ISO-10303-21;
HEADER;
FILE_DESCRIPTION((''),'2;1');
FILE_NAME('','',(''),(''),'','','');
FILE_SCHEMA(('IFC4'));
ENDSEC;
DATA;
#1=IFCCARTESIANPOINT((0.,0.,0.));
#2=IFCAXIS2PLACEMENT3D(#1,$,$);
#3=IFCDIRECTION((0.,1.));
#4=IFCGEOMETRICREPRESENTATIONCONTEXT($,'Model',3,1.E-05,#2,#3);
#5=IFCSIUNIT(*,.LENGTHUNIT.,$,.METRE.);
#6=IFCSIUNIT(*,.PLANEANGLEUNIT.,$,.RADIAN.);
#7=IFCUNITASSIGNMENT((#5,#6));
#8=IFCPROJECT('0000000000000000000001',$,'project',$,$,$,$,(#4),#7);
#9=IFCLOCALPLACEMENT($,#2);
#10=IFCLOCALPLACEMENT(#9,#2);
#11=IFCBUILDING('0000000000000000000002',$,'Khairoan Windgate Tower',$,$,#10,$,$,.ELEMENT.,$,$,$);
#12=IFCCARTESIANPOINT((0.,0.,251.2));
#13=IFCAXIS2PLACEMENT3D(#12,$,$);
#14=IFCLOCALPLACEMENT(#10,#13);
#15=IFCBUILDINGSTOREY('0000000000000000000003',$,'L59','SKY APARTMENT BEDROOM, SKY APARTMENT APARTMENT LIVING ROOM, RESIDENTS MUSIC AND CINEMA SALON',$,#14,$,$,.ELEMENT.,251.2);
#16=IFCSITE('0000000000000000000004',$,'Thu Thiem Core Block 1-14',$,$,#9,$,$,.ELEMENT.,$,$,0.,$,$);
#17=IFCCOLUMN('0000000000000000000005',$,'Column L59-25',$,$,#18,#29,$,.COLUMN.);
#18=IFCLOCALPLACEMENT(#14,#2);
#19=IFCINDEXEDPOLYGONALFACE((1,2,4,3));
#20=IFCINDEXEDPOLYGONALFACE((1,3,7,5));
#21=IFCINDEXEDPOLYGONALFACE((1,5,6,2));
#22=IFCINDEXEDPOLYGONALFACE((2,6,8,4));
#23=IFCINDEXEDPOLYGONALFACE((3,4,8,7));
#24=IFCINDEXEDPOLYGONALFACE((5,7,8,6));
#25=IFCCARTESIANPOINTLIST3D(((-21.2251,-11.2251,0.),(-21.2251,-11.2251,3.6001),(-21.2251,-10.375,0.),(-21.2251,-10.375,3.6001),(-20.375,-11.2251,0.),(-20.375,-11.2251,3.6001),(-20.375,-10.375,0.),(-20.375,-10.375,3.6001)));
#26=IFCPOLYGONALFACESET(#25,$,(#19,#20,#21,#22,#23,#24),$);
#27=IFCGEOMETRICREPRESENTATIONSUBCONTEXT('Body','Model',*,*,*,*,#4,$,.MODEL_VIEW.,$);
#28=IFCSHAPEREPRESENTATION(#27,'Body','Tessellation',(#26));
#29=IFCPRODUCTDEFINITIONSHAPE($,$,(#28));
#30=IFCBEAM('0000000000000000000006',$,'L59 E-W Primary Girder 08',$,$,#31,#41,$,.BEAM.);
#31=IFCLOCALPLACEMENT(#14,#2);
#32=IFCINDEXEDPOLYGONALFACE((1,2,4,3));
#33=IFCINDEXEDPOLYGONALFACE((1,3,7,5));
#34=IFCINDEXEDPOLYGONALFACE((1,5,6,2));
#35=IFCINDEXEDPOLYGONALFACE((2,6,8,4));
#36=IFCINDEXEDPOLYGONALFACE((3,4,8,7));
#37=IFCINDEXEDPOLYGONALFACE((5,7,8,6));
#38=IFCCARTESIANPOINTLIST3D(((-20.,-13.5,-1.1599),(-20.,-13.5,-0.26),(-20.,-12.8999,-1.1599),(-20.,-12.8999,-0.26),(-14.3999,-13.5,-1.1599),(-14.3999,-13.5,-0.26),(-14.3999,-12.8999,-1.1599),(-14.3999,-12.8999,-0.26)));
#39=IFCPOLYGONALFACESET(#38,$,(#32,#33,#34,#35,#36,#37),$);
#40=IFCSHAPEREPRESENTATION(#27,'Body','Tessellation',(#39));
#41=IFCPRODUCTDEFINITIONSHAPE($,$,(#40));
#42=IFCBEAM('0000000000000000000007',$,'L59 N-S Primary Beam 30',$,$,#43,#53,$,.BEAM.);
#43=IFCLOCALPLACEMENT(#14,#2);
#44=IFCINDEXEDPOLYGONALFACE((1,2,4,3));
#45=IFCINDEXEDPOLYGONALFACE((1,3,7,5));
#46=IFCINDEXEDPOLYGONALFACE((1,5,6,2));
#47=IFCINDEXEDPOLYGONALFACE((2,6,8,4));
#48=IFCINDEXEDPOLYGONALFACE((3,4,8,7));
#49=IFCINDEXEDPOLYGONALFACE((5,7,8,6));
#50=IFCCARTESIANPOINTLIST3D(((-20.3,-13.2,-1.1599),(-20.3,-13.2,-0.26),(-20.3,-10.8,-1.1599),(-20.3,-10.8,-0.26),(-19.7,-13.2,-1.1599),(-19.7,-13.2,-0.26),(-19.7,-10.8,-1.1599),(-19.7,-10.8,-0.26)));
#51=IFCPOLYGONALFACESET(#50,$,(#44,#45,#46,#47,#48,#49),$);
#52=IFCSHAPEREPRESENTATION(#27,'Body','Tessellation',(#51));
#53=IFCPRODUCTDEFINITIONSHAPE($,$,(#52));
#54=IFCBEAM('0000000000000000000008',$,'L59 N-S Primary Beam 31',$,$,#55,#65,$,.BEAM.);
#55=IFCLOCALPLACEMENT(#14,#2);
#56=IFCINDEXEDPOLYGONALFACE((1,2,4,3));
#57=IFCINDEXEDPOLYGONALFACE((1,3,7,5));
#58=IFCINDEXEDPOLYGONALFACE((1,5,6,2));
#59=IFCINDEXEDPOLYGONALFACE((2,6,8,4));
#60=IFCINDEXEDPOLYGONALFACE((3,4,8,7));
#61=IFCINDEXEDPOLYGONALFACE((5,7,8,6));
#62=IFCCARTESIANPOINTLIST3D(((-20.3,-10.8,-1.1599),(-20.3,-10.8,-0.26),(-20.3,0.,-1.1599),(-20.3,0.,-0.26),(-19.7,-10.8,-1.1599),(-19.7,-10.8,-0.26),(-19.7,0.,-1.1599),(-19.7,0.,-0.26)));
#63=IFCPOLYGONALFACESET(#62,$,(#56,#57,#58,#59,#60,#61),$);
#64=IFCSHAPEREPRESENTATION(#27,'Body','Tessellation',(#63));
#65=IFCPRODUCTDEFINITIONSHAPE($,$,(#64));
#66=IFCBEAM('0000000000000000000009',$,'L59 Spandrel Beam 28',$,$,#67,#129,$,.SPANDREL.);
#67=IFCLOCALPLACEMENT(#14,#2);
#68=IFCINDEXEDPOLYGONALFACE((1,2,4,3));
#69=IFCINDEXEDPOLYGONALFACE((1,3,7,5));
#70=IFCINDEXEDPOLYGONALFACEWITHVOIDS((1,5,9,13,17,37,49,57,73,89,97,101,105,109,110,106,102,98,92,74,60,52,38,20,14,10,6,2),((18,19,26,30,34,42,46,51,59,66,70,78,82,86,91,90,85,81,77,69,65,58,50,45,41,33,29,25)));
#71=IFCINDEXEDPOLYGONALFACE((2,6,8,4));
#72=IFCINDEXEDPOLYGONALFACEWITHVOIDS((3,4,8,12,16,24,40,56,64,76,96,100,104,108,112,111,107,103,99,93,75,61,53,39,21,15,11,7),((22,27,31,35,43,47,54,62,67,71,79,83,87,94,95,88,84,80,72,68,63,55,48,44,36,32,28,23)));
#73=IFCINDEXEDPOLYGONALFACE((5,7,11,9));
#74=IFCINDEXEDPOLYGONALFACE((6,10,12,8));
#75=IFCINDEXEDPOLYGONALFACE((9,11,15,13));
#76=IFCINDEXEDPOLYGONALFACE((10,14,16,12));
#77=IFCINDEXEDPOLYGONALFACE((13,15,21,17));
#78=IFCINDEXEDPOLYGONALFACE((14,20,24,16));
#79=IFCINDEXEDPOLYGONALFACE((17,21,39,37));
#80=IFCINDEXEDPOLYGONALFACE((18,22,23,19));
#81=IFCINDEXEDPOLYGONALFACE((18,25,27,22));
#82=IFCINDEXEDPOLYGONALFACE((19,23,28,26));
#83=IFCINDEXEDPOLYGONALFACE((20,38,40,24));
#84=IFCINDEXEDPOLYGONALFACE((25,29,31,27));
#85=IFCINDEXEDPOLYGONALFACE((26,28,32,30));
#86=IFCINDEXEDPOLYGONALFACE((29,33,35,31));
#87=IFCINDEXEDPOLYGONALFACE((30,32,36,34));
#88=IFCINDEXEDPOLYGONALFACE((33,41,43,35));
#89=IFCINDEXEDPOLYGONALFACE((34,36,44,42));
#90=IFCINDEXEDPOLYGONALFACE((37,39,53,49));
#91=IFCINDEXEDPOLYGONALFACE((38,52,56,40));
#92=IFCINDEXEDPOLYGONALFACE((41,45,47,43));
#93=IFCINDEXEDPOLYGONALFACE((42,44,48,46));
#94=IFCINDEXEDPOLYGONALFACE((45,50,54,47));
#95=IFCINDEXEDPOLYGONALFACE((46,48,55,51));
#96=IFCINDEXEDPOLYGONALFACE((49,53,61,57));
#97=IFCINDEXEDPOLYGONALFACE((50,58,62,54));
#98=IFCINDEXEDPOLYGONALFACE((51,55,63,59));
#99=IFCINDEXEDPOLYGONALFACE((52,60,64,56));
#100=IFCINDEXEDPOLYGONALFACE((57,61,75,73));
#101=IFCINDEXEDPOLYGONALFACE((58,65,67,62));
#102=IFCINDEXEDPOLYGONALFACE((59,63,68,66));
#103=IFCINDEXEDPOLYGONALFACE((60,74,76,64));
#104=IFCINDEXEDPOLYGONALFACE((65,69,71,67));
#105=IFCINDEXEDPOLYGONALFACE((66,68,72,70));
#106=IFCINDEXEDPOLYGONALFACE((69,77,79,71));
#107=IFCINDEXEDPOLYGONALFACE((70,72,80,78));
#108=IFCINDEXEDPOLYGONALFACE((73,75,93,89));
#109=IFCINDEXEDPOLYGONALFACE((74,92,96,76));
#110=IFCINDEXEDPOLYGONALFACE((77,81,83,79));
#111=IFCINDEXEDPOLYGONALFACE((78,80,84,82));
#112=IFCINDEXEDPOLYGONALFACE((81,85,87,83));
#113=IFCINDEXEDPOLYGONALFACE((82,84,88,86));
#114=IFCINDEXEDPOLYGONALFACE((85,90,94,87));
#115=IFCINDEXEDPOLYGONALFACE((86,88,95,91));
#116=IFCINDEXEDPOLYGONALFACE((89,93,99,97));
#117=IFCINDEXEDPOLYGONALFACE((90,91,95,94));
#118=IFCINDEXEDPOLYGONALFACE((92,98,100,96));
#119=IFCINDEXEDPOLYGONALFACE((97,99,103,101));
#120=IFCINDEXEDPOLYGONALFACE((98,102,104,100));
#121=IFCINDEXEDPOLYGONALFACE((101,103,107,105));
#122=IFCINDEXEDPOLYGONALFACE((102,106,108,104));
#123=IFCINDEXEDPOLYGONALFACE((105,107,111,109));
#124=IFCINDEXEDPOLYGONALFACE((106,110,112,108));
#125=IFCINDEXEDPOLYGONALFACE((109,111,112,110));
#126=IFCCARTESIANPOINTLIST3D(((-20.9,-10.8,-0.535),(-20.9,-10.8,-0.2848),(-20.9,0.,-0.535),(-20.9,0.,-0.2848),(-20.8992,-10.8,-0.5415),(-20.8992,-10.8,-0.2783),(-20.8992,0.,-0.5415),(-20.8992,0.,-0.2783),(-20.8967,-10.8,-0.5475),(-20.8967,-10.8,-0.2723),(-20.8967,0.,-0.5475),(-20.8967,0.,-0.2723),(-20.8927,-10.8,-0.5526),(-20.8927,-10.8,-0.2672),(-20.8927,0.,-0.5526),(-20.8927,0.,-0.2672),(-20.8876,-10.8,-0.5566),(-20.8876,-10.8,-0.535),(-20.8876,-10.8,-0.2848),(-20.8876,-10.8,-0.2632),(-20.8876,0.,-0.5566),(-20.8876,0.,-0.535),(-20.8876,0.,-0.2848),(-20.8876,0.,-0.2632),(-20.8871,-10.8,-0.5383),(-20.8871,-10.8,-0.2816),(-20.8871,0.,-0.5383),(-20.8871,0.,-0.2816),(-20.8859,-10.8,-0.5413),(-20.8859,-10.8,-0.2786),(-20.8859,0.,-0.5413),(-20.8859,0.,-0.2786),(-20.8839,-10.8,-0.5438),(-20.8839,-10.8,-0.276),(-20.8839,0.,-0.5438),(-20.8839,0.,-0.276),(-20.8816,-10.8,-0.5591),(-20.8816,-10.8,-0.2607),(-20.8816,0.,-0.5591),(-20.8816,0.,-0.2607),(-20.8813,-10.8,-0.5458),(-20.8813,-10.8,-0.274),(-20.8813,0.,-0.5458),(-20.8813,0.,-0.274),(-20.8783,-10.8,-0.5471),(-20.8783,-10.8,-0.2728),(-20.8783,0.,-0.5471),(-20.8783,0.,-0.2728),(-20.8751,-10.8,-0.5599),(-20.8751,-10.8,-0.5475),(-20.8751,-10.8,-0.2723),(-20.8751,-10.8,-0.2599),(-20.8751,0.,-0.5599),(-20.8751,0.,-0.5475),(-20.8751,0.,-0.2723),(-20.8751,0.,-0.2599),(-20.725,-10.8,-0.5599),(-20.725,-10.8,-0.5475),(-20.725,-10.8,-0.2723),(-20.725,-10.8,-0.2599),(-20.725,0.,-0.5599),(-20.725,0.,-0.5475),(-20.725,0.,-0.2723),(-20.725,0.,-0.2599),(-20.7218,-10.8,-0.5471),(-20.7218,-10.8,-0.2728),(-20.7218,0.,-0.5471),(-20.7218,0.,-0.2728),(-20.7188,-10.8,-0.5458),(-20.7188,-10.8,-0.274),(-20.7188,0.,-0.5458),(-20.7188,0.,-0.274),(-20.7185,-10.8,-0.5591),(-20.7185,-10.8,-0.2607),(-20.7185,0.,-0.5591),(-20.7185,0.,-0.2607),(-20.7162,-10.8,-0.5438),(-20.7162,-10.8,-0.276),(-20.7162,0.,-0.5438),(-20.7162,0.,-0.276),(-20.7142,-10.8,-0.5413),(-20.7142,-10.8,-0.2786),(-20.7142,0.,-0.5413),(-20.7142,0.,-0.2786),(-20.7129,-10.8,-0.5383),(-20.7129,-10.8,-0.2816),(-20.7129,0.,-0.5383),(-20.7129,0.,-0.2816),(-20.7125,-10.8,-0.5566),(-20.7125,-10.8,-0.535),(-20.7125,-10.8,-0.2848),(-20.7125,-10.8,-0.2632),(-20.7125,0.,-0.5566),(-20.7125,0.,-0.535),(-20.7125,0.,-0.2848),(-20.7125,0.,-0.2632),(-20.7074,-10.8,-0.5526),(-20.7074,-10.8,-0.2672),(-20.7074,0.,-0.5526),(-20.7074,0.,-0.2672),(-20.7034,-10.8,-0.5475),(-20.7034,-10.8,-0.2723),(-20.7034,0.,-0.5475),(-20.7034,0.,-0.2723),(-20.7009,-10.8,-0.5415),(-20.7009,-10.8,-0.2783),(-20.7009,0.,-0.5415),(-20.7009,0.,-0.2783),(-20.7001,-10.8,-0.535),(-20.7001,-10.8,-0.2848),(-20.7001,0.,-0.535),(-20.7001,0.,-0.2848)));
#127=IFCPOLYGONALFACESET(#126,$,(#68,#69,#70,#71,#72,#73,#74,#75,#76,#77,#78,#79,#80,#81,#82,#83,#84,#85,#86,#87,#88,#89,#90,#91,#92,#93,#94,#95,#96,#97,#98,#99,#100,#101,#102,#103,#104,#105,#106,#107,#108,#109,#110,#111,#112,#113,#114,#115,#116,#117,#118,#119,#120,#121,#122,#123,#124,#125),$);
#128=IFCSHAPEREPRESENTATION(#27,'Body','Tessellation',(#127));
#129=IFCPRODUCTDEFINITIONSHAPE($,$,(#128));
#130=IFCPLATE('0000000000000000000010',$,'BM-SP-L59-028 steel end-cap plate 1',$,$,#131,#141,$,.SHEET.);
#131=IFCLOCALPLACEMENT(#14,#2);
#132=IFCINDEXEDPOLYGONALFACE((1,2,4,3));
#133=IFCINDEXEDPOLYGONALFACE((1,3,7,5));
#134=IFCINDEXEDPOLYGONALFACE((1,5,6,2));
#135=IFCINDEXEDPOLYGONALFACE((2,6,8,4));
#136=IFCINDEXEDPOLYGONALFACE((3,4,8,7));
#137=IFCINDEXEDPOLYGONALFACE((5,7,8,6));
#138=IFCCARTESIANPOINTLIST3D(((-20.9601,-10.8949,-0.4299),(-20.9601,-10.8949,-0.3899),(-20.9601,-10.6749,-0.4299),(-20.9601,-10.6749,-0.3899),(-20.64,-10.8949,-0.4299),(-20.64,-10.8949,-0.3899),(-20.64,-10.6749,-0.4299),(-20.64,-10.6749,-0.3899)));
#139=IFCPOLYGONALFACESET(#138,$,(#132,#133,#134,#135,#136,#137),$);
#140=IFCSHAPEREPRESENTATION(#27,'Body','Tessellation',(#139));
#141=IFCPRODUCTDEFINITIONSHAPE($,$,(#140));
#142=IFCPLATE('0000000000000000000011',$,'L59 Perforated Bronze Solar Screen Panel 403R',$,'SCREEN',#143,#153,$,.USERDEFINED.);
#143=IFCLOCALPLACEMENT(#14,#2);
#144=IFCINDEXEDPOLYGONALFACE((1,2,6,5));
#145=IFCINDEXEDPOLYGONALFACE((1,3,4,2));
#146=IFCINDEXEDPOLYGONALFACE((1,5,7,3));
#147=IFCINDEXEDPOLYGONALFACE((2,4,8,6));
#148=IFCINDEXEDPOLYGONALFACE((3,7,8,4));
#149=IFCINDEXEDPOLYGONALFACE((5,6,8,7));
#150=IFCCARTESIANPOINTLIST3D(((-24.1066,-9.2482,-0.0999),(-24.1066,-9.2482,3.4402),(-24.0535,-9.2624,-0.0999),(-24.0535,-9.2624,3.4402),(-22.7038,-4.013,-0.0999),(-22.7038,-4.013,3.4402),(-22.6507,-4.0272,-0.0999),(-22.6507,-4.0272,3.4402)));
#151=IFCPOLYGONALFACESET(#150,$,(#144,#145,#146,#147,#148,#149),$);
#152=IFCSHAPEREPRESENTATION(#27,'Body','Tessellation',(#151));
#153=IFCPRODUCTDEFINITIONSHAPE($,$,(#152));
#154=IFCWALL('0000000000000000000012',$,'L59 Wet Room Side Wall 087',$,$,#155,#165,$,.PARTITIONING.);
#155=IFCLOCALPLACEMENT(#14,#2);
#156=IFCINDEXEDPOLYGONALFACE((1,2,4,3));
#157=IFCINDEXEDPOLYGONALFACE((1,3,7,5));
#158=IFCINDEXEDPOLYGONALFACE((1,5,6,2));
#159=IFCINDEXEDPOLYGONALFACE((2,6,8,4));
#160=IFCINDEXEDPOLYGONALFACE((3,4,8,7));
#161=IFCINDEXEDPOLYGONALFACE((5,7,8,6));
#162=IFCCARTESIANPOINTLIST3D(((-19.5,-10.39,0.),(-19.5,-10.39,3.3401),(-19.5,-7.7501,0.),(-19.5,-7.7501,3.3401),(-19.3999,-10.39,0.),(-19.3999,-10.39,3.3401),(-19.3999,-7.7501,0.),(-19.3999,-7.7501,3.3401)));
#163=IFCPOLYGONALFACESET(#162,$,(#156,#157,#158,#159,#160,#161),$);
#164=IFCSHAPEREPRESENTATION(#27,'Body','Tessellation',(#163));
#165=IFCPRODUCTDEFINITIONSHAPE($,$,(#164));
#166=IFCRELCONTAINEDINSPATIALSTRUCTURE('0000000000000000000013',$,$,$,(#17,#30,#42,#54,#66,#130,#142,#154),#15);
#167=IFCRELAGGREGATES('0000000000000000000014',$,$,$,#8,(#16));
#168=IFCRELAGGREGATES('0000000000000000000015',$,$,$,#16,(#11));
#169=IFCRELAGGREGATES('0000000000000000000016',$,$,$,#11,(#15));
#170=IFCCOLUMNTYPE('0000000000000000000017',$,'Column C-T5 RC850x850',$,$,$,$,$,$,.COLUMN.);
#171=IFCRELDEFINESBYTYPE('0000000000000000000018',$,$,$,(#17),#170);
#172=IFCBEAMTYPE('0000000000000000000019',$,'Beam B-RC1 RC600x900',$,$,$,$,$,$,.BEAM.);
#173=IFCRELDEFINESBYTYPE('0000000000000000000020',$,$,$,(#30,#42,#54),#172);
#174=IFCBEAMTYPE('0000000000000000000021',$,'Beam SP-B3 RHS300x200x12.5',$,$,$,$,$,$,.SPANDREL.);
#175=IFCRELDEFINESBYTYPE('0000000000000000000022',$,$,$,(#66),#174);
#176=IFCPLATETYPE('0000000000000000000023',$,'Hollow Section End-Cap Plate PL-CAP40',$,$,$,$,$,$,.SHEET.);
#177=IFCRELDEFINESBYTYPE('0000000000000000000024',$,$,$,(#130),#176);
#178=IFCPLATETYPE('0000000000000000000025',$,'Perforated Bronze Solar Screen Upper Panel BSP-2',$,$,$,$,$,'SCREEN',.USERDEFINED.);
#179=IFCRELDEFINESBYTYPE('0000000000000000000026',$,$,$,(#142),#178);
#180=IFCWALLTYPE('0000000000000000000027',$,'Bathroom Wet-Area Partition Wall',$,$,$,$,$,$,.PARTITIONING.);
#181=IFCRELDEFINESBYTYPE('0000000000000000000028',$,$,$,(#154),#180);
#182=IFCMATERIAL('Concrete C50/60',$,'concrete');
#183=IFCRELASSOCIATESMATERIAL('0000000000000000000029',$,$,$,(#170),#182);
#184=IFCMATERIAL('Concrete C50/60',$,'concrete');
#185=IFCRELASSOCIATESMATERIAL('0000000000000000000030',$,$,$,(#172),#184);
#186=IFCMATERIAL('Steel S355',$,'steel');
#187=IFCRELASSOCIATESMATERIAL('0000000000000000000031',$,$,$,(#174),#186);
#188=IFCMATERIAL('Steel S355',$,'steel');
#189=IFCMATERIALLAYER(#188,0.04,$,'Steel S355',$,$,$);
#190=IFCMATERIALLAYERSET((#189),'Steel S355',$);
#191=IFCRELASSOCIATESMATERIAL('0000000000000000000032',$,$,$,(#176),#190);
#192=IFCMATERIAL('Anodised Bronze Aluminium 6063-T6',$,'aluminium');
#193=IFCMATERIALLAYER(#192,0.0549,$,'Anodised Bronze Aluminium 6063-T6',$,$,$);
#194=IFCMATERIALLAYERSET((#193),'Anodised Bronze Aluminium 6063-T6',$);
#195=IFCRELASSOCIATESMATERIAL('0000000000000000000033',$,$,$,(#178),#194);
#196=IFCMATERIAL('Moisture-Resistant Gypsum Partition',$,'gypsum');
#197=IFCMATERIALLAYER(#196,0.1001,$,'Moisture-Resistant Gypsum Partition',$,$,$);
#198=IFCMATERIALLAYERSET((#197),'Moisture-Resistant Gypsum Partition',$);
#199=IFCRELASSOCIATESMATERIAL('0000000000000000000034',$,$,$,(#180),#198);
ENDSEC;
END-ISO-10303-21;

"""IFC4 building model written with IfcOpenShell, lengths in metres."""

from ifc_helpers import new_model, si_unit, direction, frame, frame_2d, origin, origin_2d, place, context, subcontext, project, spatial, rectangle, hollow_rectangle, extrude, material, layer, layer_set, material_profile, profile_set, type_object, element, save


model = new_model("IFC4")

# Units and contexts
model_context = context("Model", 3, precision=1e-05, world=origin(), true_north=direction((0.0, 1.0)))
body_context = subcontext(model_context, "Body", "Model", "MODEL_VIEW")
ifc_project = project(units=[si_unit("LENGTHUNIT", "METRE"), si_unit("PLANEANGLEUNIT", "RADIAN")], contexts=[model_context])

# Site, building, storey
site_placement = place(None, origin())
site = spatial("IfcSite", under=ifc_project, at=site_placement, Name="Thu Thiem Core Block 1-14", CompositionType="ELEMENT", RefElevation=0.0)
building_placement = place(site_placement, origin())
building = spatial("IfcBuilding", under=site, at=building_placement, Name="Khairoan Windgate Tower", CompositionType="ELEMENT")
storey_placement = place(building_placement, frame((0.0, 0.0, 251.2)))
storey = spatial("IfcBuildingStorey", under=building, at=storey_placement, Name="L59", Description="SKY APARTMENT BEDROOM, SKY APARTMENT APARTMENT LIVING ROOM, RESIDENTS MUSIC AND CINEMA SALON", CompositionType="ELEMENT", Elevation=251.2)

# Column
ifc_material_1 = material(Name="Concrete C50/60", Category="concrete")
ifc_material_profile_1 = material_profile(ifc_material_1, rectangle(XDim=0.8501, YDim=0.8501, at=origin_2d()))
ifc_profile_set_1 = profile_set([ifc_material_profile_1], Name="Concrete C50/60")
column_type = type_object("IfcColumnType", Name="Column C-T5 RC850x850", PredefinedType="COLUMN", material=ifc_profile_set_1)
column_placement = place(storey_placement, frame((-20.8, -10.8, 0.0), z_axis=(0.0, 0.0, 1.0), x_axis=(1.0, 0.0, 0.0)))
element("IfcColumn", 1, at=column_placement, inside=storey, type_object=column_type, Name="Column L59-25", PredefinedType="COLUMN", context=body_context, shape_type="SweptSolid", body=[
    extrude(rectangle(XDim=0.8501, YDim=0.8501, at=origin_2d()), origin(), (0.0, 0.0, 1.0), 3.6001),
])

# Beams
ifc_material_2 = material(Name="Concrete C50/60", Category="concrete")
ifc_material_profile_2 = material_profile(ifc_material_2, rectangle(XDim=0.6001, YDim=0.8999, at=origin_2d()))
ifc_profile_set_2 = profile_set([ifc_material_profile_2], Name="Concrete C50/60")
beam_type_1 = type_object("IfcBeamType", Name="Beam B-RC1 RC600x900", PredefinedType="BEAM", material=ifc_profile_set_2)
beam_1_placement = place(storey_placement, frame((-20.0, -13.2, -0.71), z_axis=(1.0, 0.0, 0.0), x_axis=(0.0, 1.0, 0.0)))
element("IfcBeam", 2, at=beam_1_placement, inside=storey, type_object=beam_type_1, Name="L59 E-W Primary Girder 08", PredefinedType="BEAM", context=body_context, shape_type="SweptSolid", body=[
    extrude(rectangle(XDim=0.6001, YDim=0.8999, at=origin_2d()), origin(), (0.0, 0.0, 1.0), 5.6001),
])
beam_2_placement = place(storey_placement, frame((-20.0, -13.2, -0.71), z_axis=(0.0, 1.0, 0.0), x_axis=(-1.0, 0.0, 0.0)))
element("IfcBeam", 3, at=beam_2_placement, inside=storey, type_object=beam_type_1, Name="L59 N-S Primary Beam 30", PredefinedType="BEAM", context=body_context, shape_type="SweptSolid", body=[
    extrude(rectangle(XDim=0.6001, YDim=0.8999, at=origin_2d()), origin(), (0.0, 0.0, 1.0), 2.3999),
])
beam_3_placement = place(storey_placement, frame((-20.0, -10.8, -0.71), z_axis=(0.0, 1.0, 0.0), x_axis=(-1.0, 0.0, 0.0)))
element("IfcBeam", 4, at=beam_3_placement, inside=storey, type_object=beam_type_1, Name="L59 N-S Primary Beam 31", PredefinedType="BEAM", context=body_context, shape_type="SweptSolid", body=[
    extrude(rectangle(XDim=0.6001, YDim=0.8999, at=origin_2d()), origin(), (0.0, 0.0, 1.0), 10.8),
])
ifc_material_3 = material(Name="Steel S355", Category="steel")
ifc_material_profile_3 = material_profile(ifc_material_3, hollow_rectangle(XDim=0.2, YDim=0.3, WallThickness=0.0125, InnerFilletRadius=0.0125, OuterFilletRadius=0.0249, at=origin_2d()))
ifc_profile_set_3 = profile_set([ifc_material_profile_3], Name="Steel S355")
beam_type_2 = type_object("IfcBeamType", Name="Beam SP-B3 RHS300x200x12.5", PredefinedType="SPANDREL", material=ifc_profile_set_3)
beam_4_placement = place(storey_placement, frame((-20.8, -10.8, -0.4099), z_axis=(0.0, 1.0, 0.0), x_axis=(-1.0, 0.0, 0.0)))
element("IfcBeam", 5, at=beam_4_placement, inside=storey, type_object=beam_type_2, Name="L59 Spandrel Beam 28", PredefinedType="SPANDREL", context=body_context, shape_type="SweptSolid", body=[
    extrude(hollow_rectangle(XDim=0.2, YDim=0.3, WallThickness=0.0125, InnerFilletRadius=0.0125, OuterFilletRadius=0.0249, at=origin_2d()), origin(), (0.0, 0.0, 1.0), 10.8),
])

# Plates
ifc_material_4 = material(Name="Steel S355", Category="steel")
ifc_layer_1 = layer(ifc_material_4, 0.04, Name="Steel S355")
ifc_layer_set_1 = layer_set([ifc_layer_1], Name="Steel S355")
plate_type_1 = type_object("IfcPlateType", Name="Hollow Section End-Cap Plate PL-CAP40", PredefinedType="SHEET", material=ifc_layer_set_1)
plate_1_placement = place(storey_placement, frame((-20.8, -10.7849, -0.4299), z_axis=(0.0, 0.0, 1.0), x_axis=(0.0, 1.0, 0.0)))
element("IfcPlate", 6, at=plate_1_placement, inside=storey, type_object=plate_type_1, Name="BM-SP-L59-028 steel end-cap plate 1", PredefinedType="SHEET", context=body_context, shape_type="SweptSolid", body=[
    extrude(rectangle(XDim=0.22, YDim=0.3201, at=origin_2d()), origin(), (0.0, 0.0, 1.0), 0.04),
])
ifc_material_5 = material(Name="Anodised Bronze Aluminium 6063-T6", Category="aluminium")
ifc_layer_2 = layer(ifc_material_5, 0.0549, Name="Anodised Bronze Aluminium 6063-T6")
ifc_layer_set_2 = layer_set([ifc_layer_2], Name="Anodised Bronze Aluminium 6063-T6")
plate_type_2 = type_object("IfcPlateType", Name="Perforated Bronze Solar Screen Upper Panel BSP-2", ElementType="SCREEN", PredefinedType="USERDEFINED", material=ifc_layer_set_2)
plate_2_placement = place(storey_placement, frame((-23.3787, -6.6377, -0.0999), z_axis=(0.0, 0.0, 1.0), x_axis=(0.258819, 0.965926, 0.0)))
element("IfcPlate", 7, at=plate_2_placement, inside=storey, type_object=plate_type_2, Name="L59 Perforated Bronze Solar Screen Panel 403R", ObjectType="SCREEN", PredefinedType="USERDEFINED", context=body_context, shape_type="SweptSolid", body=[
    extrude(rectangle(XDim=5.4199, YDim=0.0549, at=origin_2d()), origin(), (0.0, 0.0, 1.0), 3.54),
])

# Wall
ifc_material_6 = material(Name="Moisture-Resistant Gypsum Partition", Category="gypsum")
ifc_layer_3 = layer(ifc_material_6, 0.1001, Name="Moisture-Resistant Gypsum Partition")
ifc_layer_set_3 = layer_set([ifc_layer_3], Name="Moisture-Resistant Gypsum Partition")
wall_type_1 = type_object("IfcWallType", Name="Bathroom Wet-Area Partition Wall", PredefinedType="PARTITIONING", material=ifc_layer_set_3)
wall_1_placement = place(storey_placement, frame((-19.45, -10.3899, 0.0), z_axis=(0.0, 0.0, 1.0), x_axis=(0.0, 1.0, 0.0)))
element("IfcWall", 8, at=wall_1_placement, inside=storey, type_object=wall_type_1, Name="L59 Wet Room Side Wall 087", PredefinedType="PARTITIONING", context=body_context, shape_type="SweptSolid", body=[
    extrude(rectangle(XDim=2.6399, YDim=0.1001, at=frame_2d((1.3198, 0.0))), origin(), (0.0, 0.0, 1.0), 3.3401),
])

save(model, "model.ifc")
